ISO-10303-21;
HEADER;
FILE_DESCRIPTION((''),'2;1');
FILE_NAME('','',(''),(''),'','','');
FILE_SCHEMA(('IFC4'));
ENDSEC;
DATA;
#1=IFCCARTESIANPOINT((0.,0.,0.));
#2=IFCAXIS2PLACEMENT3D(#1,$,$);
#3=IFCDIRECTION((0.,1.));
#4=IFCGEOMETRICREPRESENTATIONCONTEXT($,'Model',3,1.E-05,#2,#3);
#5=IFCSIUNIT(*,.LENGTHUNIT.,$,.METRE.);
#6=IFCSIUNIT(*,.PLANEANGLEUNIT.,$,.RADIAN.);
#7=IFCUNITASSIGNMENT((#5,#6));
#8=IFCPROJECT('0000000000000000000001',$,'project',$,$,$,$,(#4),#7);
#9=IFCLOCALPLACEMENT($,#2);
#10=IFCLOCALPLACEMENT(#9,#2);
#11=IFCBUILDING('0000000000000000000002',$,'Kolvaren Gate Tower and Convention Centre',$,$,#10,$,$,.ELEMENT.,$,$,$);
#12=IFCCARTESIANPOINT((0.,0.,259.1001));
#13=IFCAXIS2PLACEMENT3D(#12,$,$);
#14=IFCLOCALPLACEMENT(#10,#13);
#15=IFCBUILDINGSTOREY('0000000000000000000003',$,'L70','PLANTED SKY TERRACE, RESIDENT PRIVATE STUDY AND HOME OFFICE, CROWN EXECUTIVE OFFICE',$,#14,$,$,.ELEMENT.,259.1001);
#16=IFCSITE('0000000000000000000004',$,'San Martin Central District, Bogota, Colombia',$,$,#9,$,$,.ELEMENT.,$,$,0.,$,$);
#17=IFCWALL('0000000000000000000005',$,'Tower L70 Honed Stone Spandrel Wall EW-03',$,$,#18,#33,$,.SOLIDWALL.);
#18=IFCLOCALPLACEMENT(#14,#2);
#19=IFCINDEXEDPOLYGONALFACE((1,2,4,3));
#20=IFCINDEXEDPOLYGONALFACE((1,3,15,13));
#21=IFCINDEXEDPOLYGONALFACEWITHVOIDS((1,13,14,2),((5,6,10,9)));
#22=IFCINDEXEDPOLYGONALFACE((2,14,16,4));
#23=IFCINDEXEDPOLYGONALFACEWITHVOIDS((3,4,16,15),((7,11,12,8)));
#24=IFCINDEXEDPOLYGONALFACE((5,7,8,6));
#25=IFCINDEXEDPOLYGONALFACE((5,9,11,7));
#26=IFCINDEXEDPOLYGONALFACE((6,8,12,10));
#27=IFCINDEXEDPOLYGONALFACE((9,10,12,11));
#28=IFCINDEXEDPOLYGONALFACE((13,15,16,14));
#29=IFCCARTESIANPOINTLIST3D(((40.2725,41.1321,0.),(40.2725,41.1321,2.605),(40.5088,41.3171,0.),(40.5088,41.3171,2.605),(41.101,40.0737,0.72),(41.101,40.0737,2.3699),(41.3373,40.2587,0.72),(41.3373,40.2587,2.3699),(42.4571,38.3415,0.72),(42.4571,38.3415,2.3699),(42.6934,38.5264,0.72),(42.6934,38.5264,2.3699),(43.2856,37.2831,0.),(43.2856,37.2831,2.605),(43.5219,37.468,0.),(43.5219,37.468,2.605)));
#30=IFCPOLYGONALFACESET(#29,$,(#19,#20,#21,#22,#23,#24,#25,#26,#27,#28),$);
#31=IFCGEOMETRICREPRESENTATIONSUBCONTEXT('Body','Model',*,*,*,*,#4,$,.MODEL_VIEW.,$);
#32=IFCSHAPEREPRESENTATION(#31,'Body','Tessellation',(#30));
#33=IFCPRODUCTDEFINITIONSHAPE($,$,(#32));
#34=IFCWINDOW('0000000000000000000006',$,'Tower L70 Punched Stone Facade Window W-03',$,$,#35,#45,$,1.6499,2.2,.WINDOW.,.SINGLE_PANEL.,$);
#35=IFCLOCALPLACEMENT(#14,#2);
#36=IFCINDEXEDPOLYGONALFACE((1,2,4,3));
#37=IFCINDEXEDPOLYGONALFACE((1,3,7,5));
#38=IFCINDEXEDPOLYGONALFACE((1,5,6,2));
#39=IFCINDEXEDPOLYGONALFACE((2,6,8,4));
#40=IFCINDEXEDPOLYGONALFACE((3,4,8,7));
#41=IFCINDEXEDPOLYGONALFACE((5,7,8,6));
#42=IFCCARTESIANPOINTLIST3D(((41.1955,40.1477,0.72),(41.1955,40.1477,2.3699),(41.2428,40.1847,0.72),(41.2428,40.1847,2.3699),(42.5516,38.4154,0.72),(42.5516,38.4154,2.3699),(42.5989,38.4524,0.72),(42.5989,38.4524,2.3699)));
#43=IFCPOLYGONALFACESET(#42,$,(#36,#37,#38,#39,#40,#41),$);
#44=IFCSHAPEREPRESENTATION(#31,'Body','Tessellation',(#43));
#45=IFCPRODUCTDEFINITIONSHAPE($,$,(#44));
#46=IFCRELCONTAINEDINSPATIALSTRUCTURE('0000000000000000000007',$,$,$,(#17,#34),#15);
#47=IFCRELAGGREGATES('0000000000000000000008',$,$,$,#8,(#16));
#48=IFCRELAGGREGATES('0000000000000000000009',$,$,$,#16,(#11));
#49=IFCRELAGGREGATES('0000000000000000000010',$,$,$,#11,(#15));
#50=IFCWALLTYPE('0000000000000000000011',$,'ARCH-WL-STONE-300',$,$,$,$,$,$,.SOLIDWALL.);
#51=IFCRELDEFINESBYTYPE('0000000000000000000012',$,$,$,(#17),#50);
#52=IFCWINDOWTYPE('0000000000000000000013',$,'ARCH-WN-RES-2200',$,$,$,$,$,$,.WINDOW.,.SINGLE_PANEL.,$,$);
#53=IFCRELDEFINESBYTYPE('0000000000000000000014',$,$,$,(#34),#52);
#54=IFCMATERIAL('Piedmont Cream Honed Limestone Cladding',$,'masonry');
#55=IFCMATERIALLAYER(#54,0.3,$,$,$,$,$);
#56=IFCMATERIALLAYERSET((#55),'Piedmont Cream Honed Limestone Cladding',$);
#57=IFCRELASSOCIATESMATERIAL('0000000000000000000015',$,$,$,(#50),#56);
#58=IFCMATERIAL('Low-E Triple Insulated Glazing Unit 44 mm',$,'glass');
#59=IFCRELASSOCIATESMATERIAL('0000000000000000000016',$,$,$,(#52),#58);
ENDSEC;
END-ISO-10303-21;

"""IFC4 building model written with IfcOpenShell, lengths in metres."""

from ifc_helpers import new_model, si_unit, direction, frame, frame_2d, origin, place, context, subcontext, project, spatial, rectangle, extrude, material, layer, layer_set, type_object, element, fill, save


model = new_model("IFC4")

# Units and contexts
model_context = context("Model", 3, precision=1e-05, world=origin(), true_north=direction((0.0, 1.0)))
body_context = subcontext(model_context, "Body", "Model", "MODEL_VIEW")
ifc_project = project(units=[si_unit("LENGTHUNIT", "METRE"), si_unit("PLANEANGLEUNIT", "RADIAN")], contexts=[model_context])

# Site, building, storey
site_placement = place(None, origin())
site = spatial("IfcSite", under=ifc_project, at=site_placement, Name="San Martin Central District, Bogota, Colombia", CompositionType="ELEMENT", RefElevation=0.0)
building_placement = place(site_placement, origin())
building = spatial("IfcBuilding", under=site, at=building_placement, Name="Kolvaren Gate Tower and Convention Centre", CompositionType="ELEMENT")
storey_placement = place(building_placement, frame((0.0, 0.0, 259.1001)))
storey = spatial("IfcBuildingStorey", under=building, at=storey_placement, Name="L70", Description="PLANTED SKY TERRACE, RESIDENT PRIVATE STUDY AND HOME OFFICE, CROWN EXECUTIVE OFFICE", CompositionType="ELEMENT", Elevation=259.1001)

# Shared definitions
ifc_material_1 = material(Name="Piedmont Cream Honed Limestone Cladding", Category="masonry")

# Shared definitions
ifc_layer_1 = layer(ifc_material_1, 0.3)
ifc_layer_set_1 = layer_set([ifc_layer_1], Name="Piedmont Cream Honed Limestone Cladding")
wall_type_1 = type_object("IfcWallType", Name="ARCH-WL-STONE-300", PredefinedType="SOLIDWALL", material=ifc_layer_set_1)
ifc_material_2 = material(Name="Low-E Triple Insulated Glazing Unit 44 mm", Category="glass")
window_type = type_object("IfcWindowType", Name="ARCH-WN-RES-2200", PartitioningType="SINGLE_PANEL", PredefinedType="WINDOW", material=ifc_material_2)

# Wall, opening, window
wall_1_placement = place(storey_placement, frame((40.3906, 41.2246, 0.0), z_axis=(0.0, 0.0, 1.0), x_axis=(0.616413, -0.787423, 0.0)))
wall_1 = element("IfcWall", 1, at=wall_1_placement, inside=storey, type_object=wall_type_1, Name="Tower L70 Honed Stone Spandrel Wall EW-03", PredefinedType="SOLIDWALL", context=body_context, shape_type="SweptSolid", body=[
    extrude(rectangle(XDim=4.8882, YDim=0.3, at=frame_2d((2.4441, 0.0))), origin(), (0.0, 0.0, 1.0), 2.605),
])
opening_1_placement = place(wall_1_placement, frame((1.344, 0.0, 0.72)))
opening_1 = element("IfcOpeningElement", 2, at=opening_1_placement, cuts=wall_1, PredefinedType="OPENING", context=body_context, shape_type="SweptSolid", body=[
    extrude(rectangle(XDim=2.2, YDim=1.6499, at=frame_2d((1.1001, 0.825))), frame((0.0, 0.1599, 0.0), z_axis=(0.0, -1.0, 0.0), x_axis=(1.0, 0.0, 0.0)), (0.0, 0.0, 1.0), 0.3201),
])
window_1_placement = place(opening_1_placement, origin())
window_1 = element("IfcWindow", 3, at=window_1_placement, inside=storey, type_object=window_type, Name="Tower L70 Punched Stone Facade Window W-03", OverallHeight=1.6499, OverallWidth=2.2, PartitioningType="SINGLE_PANEL", PredefinedType="WINDOW", context=body_context, shape_type="SweptSolid", body=[
    extrude(rectangle(XDim=2.2, YDim=1.6499, at=frame_2d((1.1001, 0.825))), frame((0.0, 0.03, 0.0), z_axis=(0.0, -1.0, 0.0), x_axis=(1.0, 0.0, 0.0)), (0.0, 0.0, 1.0), 0.0601),
])
fill(opening_1, window_1)

save(model, "model.ifc")
